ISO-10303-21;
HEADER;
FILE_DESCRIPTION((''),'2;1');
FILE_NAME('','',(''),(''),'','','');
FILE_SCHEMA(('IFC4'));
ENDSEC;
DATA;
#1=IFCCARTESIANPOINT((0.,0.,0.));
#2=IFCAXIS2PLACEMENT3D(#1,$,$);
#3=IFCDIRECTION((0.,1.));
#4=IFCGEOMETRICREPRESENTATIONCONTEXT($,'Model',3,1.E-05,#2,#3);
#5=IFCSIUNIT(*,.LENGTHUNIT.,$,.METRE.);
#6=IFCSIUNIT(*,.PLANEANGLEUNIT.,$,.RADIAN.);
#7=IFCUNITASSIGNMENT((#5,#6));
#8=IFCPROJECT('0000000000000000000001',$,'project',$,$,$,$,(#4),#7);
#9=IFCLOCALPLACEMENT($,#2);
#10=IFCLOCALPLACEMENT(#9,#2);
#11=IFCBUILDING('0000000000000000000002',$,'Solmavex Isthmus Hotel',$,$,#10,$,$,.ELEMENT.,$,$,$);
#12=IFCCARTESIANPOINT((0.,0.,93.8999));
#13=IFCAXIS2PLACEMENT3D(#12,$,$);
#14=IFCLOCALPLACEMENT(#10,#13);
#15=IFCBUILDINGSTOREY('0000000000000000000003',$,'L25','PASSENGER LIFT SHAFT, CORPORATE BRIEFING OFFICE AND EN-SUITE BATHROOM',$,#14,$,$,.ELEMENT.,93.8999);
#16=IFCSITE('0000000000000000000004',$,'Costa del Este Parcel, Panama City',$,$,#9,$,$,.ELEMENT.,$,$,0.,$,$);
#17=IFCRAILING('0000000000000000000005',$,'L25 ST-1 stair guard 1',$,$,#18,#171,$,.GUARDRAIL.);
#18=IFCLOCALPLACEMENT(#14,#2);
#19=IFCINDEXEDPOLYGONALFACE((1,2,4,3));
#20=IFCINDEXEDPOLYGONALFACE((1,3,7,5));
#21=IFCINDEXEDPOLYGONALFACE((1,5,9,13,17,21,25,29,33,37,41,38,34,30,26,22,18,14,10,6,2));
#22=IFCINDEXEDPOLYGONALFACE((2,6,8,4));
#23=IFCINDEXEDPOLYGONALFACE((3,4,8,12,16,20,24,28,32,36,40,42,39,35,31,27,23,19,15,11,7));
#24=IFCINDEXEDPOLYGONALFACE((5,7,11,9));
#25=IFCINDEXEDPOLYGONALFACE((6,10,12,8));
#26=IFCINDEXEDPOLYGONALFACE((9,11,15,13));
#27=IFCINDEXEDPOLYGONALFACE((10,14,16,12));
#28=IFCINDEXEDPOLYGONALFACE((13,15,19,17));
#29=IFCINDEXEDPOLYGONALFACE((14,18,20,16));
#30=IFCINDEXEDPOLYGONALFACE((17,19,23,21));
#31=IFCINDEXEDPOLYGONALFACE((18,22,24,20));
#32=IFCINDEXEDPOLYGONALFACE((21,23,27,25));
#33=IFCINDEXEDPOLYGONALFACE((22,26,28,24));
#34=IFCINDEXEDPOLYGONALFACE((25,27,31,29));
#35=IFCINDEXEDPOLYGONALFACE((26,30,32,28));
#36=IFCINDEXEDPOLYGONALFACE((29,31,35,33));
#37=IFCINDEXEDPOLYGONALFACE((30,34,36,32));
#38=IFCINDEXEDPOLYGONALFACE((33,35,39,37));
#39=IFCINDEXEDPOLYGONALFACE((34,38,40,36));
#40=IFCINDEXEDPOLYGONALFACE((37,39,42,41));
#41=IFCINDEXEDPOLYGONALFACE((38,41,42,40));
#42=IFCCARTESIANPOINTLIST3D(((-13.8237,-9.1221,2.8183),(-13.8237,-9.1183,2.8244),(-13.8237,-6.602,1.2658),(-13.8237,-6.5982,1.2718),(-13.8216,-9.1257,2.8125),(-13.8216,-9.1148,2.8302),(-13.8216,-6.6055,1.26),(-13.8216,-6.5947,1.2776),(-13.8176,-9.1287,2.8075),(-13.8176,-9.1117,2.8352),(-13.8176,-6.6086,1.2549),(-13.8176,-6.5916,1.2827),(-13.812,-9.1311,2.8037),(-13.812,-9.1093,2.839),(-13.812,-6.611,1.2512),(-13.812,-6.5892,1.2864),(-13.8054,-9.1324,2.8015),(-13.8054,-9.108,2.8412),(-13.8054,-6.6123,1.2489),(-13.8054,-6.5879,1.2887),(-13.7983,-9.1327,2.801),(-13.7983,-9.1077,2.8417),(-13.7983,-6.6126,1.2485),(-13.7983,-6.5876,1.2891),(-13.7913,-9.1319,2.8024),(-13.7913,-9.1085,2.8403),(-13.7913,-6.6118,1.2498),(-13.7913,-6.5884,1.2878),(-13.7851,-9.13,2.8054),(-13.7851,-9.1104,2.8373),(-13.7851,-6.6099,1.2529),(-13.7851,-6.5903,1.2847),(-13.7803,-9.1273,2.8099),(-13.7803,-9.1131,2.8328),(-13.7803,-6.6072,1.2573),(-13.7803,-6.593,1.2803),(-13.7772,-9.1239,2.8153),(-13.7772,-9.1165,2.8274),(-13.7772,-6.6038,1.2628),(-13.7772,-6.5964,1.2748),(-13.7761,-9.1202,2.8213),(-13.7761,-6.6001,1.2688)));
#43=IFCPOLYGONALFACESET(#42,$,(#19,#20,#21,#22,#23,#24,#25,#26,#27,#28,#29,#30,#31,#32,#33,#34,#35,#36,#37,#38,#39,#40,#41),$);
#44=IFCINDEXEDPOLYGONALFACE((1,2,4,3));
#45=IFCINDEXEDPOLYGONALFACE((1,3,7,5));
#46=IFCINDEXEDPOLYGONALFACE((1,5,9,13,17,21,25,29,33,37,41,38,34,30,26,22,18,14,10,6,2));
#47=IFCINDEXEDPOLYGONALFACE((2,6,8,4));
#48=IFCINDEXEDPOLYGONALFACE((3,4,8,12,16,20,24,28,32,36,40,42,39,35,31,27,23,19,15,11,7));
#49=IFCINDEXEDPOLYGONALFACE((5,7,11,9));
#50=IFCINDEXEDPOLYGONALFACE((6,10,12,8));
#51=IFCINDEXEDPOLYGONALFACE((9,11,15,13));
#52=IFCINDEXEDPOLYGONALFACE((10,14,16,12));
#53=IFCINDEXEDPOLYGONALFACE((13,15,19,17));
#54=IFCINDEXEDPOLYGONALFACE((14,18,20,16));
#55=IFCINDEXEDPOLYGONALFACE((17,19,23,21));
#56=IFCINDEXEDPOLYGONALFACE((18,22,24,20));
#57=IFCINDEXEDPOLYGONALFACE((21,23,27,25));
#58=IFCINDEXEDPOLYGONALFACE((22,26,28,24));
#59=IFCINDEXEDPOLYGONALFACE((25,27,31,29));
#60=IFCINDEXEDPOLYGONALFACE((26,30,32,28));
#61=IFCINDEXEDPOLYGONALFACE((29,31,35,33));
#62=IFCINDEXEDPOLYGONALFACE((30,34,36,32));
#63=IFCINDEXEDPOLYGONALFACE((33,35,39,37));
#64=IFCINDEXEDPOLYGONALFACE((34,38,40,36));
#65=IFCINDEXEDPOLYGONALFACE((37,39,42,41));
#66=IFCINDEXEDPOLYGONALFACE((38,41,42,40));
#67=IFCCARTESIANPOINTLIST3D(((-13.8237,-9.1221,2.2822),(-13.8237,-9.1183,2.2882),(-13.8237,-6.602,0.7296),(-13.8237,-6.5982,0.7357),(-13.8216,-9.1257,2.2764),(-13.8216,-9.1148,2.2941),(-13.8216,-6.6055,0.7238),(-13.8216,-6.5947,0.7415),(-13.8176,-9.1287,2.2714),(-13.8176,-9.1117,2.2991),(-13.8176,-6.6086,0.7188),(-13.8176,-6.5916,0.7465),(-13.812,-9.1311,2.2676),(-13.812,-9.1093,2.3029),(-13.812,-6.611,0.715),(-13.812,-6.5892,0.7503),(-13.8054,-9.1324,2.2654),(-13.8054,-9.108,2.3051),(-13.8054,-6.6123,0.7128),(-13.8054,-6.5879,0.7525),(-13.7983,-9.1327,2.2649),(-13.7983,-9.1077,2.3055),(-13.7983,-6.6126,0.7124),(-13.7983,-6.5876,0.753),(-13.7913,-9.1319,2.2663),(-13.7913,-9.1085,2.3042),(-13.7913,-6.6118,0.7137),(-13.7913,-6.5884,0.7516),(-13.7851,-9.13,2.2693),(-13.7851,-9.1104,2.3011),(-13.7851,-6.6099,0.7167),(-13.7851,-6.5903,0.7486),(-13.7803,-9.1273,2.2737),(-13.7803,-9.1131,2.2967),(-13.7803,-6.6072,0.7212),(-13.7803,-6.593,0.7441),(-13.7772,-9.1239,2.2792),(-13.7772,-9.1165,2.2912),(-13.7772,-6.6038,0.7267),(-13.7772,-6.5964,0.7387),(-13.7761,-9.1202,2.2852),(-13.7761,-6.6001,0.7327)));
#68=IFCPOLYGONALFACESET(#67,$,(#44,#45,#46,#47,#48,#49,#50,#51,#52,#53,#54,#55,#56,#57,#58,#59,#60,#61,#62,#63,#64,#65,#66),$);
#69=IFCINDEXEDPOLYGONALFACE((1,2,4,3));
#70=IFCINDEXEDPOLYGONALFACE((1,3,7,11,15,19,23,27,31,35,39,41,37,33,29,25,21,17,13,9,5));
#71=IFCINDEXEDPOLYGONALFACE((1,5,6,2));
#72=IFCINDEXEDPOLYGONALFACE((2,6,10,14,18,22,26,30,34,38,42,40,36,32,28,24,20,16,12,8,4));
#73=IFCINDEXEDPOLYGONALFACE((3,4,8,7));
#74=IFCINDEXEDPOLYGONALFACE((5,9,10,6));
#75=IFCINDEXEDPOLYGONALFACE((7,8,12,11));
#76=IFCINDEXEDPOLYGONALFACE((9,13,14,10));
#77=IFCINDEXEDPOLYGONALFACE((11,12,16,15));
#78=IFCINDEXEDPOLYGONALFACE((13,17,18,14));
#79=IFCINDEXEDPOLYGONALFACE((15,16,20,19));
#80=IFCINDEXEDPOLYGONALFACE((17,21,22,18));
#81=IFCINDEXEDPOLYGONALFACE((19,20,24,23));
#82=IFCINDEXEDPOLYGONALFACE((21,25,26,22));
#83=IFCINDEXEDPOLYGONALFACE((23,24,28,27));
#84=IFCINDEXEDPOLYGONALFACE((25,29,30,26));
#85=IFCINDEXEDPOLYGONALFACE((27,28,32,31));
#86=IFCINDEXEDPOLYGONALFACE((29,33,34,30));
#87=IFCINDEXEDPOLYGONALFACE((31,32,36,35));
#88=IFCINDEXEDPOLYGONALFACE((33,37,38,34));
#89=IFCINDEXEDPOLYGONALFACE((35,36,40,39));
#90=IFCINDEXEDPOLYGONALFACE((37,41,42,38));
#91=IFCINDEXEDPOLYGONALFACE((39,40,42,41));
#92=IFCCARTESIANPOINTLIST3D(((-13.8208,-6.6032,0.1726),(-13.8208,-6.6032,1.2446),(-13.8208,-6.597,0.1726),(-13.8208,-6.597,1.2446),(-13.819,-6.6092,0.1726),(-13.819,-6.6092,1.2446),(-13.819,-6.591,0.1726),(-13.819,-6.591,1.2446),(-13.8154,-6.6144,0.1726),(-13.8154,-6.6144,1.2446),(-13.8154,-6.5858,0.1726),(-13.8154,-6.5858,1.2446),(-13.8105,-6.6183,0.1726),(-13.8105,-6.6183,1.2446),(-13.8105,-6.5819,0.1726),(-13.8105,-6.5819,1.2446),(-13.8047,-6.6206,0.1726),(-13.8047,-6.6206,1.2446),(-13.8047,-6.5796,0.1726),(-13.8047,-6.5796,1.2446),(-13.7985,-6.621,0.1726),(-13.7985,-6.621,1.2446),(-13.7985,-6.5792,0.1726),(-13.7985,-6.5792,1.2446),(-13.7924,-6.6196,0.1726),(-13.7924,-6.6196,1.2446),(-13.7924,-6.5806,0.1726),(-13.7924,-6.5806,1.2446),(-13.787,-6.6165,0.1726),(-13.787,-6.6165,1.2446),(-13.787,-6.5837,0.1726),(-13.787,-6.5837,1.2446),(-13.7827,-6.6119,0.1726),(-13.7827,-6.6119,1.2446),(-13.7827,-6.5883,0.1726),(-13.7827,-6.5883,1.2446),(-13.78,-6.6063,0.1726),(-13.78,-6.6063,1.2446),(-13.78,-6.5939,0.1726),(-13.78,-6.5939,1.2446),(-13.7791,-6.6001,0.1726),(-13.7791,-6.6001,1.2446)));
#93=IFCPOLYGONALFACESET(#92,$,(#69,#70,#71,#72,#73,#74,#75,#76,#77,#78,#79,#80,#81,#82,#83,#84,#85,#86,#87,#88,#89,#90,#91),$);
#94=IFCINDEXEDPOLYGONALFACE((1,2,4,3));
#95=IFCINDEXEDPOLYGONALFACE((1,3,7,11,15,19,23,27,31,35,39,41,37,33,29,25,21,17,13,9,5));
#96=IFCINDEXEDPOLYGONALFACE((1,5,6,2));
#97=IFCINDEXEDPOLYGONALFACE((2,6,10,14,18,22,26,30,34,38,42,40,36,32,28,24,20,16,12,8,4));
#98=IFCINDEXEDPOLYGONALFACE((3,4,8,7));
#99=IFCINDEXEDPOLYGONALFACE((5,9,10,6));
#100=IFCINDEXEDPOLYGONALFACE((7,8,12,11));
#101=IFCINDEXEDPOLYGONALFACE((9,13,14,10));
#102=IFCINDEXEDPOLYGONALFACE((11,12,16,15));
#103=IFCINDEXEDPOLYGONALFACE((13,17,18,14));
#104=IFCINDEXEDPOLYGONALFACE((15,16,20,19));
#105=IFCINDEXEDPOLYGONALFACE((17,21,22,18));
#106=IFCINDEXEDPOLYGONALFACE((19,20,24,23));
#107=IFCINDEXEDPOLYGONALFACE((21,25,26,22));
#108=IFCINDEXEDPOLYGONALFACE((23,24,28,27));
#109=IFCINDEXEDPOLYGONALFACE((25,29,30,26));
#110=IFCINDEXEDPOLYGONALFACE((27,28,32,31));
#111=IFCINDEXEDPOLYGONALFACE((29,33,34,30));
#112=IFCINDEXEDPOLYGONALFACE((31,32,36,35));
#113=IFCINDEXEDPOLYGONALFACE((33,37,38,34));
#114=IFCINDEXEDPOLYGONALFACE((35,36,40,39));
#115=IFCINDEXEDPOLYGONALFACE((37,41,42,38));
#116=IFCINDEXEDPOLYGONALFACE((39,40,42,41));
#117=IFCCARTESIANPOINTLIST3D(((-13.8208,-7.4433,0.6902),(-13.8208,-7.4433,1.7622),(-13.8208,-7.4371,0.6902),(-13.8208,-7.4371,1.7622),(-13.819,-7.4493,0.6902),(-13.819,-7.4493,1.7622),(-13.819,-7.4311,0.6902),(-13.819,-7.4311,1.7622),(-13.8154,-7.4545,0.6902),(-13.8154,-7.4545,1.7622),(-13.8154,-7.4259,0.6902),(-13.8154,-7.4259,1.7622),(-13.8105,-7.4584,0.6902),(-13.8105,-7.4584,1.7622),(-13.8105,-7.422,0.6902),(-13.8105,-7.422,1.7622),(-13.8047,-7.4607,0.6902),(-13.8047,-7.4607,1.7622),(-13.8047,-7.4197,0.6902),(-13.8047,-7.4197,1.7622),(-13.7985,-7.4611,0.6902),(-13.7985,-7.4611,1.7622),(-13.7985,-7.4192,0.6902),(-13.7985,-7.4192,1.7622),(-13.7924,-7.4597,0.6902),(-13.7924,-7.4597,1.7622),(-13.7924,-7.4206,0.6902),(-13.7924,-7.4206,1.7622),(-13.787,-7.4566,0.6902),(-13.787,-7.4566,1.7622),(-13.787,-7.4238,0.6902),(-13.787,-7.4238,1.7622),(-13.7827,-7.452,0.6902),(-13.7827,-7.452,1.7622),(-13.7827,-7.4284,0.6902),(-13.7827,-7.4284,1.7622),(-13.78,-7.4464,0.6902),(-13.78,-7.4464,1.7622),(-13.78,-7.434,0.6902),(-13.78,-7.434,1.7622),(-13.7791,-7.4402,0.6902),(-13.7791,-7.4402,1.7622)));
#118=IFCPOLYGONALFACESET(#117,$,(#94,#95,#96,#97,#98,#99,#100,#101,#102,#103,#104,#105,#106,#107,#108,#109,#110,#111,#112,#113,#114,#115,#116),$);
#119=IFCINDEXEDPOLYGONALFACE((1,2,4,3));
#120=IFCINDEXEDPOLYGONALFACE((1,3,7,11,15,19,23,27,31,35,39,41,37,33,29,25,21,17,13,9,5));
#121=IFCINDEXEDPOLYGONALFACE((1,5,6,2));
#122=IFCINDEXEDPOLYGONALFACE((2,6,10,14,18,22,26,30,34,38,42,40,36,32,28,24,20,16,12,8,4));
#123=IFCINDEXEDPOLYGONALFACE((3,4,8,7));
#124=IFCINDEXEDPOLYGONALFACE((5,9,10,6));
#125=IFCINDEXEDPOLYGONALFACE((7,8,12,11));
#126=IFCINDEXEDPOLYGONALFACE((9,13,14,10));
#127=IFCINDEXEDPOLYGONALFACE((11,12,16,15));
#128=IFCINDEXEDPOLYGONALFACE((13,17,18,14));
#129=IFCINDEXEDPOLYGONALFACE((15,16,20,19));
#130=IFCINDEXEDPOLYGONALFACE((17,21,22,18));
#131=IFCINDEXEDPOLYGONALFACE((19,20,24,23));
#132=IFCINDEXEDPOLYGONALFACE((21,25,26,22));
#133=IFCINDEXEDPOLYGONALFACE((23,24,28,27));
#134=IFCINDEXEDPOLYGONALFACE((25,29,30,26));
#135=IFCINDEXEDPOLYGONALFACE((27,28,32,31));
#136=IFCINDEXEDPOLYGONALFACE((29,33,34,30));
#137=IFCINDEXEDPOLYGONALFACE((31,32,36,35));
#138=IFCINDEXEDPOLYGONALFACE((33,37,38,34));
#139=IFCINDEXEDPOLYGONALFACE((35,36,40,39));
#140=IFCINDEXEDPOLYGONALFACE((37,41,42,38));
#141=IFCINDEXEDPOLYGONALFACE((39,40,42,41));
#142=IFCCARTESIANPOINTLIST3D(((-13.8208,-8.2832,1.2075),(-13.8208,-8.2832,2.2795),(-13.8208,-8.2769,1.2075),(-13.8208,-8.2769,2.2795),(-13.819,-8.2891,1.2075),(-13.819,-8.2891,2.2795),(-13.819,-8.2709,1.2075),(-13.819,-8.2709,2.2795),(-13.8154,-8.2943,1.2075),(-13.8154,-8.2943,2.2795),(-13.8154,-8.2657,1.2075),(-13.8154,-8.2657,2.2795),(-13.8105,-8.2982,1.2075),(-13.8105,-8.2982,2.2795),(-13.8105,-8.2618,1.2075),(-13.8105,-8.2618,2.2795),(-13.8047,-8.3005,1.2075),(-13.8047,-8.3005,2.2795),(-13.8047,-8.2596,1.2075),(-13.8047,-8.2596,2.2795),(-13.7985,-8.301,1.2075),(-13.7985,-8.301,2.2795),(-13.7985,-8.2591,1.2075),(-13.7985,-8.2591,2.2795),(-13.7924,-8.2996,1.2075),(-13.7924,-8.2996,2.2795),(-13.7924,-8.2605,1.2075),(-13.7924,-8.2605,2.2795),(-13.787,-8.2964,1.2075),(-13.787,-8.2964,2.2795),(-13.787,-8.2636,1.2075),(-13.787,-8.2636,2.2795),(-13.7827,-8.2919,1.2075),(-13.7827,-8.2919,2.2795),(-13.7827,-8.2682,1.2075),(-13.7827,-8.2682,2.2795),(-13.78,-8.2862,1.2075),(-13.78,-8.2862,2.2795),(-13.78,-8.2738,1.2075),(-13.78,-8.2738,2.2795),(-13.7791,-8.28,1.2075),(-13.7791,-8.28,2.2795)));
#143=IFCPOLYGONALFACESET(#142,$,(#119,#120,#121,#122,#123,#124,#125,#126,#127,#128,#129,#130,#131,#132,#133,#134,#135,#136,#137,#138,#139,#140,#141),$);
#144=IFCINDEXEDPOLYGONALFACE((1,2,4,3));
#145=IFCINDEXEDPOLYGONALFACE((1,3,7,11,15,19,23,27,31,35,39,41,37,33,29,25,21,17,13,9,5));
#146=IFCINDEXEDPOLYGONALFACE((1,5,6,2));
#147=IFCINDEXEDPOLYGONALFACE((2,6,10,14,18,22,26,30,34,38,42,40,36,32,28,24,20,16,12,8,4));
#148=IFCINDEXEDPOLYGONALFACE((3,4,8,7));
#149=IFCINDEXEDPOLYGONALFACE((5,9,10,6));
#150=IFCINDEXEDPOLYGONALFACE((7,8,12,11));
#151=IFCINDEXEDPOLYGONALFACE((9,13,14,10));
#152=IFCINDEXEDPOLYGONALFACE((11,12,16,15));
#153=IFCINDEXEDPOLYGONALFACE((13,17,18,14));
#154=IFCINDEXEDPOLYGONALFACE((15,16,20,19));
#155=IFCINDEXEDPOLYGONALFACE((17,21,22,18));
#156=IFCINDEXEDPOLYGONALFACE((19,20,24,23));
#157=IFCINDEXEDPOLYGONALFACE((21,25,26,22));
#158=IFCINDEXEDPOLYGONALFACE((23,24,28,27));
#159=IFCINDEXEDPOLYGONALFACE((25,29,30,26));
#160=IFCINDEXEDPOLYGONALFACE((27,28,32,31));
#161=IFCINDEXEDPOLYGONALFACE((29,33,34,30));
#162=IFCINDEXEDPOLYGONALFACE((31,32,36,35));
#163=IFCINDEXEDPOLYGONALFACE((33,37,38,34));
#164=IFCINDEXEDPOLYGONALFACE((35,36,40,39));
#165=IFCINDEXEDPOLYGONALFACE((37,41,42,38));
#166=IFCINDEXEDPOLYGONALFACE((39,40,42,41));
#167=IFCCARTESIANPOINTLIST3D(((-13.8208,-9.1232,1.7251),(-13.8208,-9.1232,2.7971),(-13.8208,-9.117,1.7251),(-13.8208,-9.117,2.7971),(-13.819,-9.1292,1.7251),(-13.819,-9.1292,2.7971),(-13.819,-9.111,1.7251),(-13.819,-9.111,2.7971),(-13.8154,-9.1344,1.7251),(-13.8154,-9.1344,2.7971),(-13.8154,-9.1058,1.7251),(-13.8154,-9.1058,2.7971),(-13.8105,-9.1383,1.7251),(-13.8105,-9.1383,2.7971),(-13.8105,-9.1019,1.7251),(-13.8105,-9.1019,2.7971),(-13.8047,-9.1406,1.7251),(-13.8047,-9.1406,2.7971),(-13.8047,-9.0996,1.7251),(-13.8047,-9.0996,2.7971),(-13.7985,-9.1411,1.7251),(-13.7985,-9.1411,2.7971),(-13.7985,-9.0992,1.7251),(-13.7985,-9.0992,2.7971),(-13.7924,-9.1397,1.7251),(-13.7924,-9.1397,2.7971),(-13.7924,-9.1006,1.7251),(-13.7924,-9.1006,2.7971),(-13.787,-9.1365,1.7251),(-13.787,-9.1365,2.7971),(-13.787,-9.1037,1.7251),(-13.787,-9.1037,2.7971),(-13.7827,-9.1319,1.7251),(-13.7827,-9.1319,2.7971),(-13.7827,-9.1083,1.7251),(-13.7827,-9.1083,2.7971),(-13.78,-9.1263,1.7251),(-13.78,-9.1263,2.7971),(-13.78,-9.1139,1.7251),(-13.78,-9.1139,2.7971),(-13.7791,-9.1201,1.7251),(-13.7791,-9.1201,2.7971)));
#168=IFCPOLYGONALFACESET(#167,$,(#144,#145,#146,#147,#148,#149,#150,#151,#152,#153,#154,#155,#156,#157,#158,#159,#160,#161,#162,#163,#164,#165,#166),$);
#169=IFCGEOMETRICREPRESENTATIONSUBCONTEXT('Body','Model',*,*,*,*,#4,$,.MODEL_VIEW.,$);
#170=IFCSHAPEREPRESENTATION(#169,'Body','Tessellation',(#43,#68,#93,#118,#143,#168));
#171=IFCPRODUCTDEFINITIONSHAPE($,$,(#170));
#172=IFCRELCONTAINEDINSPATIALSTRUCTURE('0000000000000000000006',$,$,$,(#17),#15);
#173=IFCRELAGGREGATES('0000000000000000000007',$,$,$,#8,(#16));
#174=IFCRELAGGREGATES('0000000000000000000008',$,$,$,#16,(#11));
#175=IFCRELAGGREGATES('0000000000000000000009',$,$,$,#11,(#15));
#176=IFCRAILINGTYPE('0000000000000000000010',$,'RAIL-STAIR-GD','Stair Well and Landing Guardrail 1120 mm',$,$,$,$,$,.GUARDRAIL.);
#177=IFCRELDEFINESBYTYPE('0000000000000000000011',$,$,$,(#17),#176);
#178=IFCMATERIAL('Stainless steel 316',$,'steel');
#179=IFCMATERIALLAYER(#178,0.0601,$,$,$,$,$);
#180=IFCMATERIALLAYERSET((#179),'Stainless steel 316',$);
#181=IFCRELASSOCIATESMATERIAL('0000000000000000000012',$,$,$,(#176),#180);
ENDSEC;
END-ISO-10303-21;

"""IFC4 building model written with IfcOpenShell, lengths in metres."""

from ifc_helpers import new_model, si_unit, direction, frame, origin, origin_2d, place, context, subcontext, project, spatial, circle, extrude, material, layer, layer_set, type_object, element, save


model = new_model("IFC4")

# Units and contexts
model_context = context("Model", 3, precision=1e-05, world=origin(), true_north=direction((0.0, 1.0)))
body_context = subcontext(model_context, "Body", "Model", "MODEL_VIEW")
ifc_project = project(units=[si_unit("LENGTHUNIT", "METRE"), si_unit("PLANEANGLEUNIT", "RADIAN")], contexts=[model_context])

# Site, building, storey
site_placement = place(None, origin())
site = spatial("IfcSite", under=ifc_project, at=site_placement, Name="Costa del Este Parcel, Panama City", CompositionType="ELEMENT", RefElevation=0.0)
building_placement = place(site_placement, origin())
building = spatial("IfcBuilding", under=site, at=building_placement, Name="Solmavex Isthmus Hotel", CompositionType="ELEMENT")
storey_placement = place(building_placement, frame((0.0, 0.0, 93.8999)))
storey = spatial("IfcBuildingStorey", under=building, at=storey_placement, Name="L25", Description="PASSENGER LIFT SHAFT, CORPORATE BRIEFING OFFICE AND EN-SUITE BATHROOM", CompositionType="ELEMENT", Elevation=93.8999)

# Shared definitions
ifc_material_1 = material(Name="Stainless steel 316", Category="steel")

# Railing
ifc_layer_1 = layer(ifc_material_1, 0.0601)
ifc_layer_set_1 = layer_set([ifc_layer_1], Name="Stainless steel 316")
railing_type_1 = type_object("IfcRailingType", Name="RAIL-STAIR-GD", Description="Stair Well and Landing Guardrail 1120 mm", PredefinedType="GUARDRAIL", material=ifc_layer_set_1)
railing_1_placement = place(storey_placement, frame((-13.8, -6.6001, 0.1726)))
element("IfcRailing", 1, at=railing_1_placement, inside=storey, type_object=railing_type_1, Name="L25 ST-1 stair guard 1", PredefinedType="GUARDRAIL", context=body_context, shape_type="SweptSolid", body=[
    extrude(circle(Radius=0.0239, at=origin_2d()), frame((0.0, 0.0, 1.0962), z_axis=(0.0, -0.8514, 0.524516), x_axis=(1.0, 0.0, 0.0)), (0.0, 0.0, 1.0), 2.96),
    extrude(circle(Radius=0.0239, at=origin_2d()), frame((0.0, 0.0, 0.5601), z_axis=(0.0, -0.8514, 0.524516), x_axis=(1.0, 0.0, 0.0)), (0.0, 0.0, 1.0), 2.96),
    extrude(circle(Radius=0.021, at=origin_2d()), origin(), (0.0, 0.0, 1.0), 1.072),
    extrude(circle(Radius=0.021, at=origin_2d()), frame((0.0, -0.8401, 0.5176)), (0.0, 0.0, 1.0), 1.072),
    extrude(circle(Radius=0.021, at=origin_2d()), frame((0.0, -1.6799, 1.0349)), (0.0, 0.0, 1.0), 1.072),
    extrude(circle(Radius=0.021, at=origin_2d()), frame((0.0, -2.52, 1.5525)), (0.0, 0.0, 1.0), 1.072),
])

save(model, "model.ifc")
